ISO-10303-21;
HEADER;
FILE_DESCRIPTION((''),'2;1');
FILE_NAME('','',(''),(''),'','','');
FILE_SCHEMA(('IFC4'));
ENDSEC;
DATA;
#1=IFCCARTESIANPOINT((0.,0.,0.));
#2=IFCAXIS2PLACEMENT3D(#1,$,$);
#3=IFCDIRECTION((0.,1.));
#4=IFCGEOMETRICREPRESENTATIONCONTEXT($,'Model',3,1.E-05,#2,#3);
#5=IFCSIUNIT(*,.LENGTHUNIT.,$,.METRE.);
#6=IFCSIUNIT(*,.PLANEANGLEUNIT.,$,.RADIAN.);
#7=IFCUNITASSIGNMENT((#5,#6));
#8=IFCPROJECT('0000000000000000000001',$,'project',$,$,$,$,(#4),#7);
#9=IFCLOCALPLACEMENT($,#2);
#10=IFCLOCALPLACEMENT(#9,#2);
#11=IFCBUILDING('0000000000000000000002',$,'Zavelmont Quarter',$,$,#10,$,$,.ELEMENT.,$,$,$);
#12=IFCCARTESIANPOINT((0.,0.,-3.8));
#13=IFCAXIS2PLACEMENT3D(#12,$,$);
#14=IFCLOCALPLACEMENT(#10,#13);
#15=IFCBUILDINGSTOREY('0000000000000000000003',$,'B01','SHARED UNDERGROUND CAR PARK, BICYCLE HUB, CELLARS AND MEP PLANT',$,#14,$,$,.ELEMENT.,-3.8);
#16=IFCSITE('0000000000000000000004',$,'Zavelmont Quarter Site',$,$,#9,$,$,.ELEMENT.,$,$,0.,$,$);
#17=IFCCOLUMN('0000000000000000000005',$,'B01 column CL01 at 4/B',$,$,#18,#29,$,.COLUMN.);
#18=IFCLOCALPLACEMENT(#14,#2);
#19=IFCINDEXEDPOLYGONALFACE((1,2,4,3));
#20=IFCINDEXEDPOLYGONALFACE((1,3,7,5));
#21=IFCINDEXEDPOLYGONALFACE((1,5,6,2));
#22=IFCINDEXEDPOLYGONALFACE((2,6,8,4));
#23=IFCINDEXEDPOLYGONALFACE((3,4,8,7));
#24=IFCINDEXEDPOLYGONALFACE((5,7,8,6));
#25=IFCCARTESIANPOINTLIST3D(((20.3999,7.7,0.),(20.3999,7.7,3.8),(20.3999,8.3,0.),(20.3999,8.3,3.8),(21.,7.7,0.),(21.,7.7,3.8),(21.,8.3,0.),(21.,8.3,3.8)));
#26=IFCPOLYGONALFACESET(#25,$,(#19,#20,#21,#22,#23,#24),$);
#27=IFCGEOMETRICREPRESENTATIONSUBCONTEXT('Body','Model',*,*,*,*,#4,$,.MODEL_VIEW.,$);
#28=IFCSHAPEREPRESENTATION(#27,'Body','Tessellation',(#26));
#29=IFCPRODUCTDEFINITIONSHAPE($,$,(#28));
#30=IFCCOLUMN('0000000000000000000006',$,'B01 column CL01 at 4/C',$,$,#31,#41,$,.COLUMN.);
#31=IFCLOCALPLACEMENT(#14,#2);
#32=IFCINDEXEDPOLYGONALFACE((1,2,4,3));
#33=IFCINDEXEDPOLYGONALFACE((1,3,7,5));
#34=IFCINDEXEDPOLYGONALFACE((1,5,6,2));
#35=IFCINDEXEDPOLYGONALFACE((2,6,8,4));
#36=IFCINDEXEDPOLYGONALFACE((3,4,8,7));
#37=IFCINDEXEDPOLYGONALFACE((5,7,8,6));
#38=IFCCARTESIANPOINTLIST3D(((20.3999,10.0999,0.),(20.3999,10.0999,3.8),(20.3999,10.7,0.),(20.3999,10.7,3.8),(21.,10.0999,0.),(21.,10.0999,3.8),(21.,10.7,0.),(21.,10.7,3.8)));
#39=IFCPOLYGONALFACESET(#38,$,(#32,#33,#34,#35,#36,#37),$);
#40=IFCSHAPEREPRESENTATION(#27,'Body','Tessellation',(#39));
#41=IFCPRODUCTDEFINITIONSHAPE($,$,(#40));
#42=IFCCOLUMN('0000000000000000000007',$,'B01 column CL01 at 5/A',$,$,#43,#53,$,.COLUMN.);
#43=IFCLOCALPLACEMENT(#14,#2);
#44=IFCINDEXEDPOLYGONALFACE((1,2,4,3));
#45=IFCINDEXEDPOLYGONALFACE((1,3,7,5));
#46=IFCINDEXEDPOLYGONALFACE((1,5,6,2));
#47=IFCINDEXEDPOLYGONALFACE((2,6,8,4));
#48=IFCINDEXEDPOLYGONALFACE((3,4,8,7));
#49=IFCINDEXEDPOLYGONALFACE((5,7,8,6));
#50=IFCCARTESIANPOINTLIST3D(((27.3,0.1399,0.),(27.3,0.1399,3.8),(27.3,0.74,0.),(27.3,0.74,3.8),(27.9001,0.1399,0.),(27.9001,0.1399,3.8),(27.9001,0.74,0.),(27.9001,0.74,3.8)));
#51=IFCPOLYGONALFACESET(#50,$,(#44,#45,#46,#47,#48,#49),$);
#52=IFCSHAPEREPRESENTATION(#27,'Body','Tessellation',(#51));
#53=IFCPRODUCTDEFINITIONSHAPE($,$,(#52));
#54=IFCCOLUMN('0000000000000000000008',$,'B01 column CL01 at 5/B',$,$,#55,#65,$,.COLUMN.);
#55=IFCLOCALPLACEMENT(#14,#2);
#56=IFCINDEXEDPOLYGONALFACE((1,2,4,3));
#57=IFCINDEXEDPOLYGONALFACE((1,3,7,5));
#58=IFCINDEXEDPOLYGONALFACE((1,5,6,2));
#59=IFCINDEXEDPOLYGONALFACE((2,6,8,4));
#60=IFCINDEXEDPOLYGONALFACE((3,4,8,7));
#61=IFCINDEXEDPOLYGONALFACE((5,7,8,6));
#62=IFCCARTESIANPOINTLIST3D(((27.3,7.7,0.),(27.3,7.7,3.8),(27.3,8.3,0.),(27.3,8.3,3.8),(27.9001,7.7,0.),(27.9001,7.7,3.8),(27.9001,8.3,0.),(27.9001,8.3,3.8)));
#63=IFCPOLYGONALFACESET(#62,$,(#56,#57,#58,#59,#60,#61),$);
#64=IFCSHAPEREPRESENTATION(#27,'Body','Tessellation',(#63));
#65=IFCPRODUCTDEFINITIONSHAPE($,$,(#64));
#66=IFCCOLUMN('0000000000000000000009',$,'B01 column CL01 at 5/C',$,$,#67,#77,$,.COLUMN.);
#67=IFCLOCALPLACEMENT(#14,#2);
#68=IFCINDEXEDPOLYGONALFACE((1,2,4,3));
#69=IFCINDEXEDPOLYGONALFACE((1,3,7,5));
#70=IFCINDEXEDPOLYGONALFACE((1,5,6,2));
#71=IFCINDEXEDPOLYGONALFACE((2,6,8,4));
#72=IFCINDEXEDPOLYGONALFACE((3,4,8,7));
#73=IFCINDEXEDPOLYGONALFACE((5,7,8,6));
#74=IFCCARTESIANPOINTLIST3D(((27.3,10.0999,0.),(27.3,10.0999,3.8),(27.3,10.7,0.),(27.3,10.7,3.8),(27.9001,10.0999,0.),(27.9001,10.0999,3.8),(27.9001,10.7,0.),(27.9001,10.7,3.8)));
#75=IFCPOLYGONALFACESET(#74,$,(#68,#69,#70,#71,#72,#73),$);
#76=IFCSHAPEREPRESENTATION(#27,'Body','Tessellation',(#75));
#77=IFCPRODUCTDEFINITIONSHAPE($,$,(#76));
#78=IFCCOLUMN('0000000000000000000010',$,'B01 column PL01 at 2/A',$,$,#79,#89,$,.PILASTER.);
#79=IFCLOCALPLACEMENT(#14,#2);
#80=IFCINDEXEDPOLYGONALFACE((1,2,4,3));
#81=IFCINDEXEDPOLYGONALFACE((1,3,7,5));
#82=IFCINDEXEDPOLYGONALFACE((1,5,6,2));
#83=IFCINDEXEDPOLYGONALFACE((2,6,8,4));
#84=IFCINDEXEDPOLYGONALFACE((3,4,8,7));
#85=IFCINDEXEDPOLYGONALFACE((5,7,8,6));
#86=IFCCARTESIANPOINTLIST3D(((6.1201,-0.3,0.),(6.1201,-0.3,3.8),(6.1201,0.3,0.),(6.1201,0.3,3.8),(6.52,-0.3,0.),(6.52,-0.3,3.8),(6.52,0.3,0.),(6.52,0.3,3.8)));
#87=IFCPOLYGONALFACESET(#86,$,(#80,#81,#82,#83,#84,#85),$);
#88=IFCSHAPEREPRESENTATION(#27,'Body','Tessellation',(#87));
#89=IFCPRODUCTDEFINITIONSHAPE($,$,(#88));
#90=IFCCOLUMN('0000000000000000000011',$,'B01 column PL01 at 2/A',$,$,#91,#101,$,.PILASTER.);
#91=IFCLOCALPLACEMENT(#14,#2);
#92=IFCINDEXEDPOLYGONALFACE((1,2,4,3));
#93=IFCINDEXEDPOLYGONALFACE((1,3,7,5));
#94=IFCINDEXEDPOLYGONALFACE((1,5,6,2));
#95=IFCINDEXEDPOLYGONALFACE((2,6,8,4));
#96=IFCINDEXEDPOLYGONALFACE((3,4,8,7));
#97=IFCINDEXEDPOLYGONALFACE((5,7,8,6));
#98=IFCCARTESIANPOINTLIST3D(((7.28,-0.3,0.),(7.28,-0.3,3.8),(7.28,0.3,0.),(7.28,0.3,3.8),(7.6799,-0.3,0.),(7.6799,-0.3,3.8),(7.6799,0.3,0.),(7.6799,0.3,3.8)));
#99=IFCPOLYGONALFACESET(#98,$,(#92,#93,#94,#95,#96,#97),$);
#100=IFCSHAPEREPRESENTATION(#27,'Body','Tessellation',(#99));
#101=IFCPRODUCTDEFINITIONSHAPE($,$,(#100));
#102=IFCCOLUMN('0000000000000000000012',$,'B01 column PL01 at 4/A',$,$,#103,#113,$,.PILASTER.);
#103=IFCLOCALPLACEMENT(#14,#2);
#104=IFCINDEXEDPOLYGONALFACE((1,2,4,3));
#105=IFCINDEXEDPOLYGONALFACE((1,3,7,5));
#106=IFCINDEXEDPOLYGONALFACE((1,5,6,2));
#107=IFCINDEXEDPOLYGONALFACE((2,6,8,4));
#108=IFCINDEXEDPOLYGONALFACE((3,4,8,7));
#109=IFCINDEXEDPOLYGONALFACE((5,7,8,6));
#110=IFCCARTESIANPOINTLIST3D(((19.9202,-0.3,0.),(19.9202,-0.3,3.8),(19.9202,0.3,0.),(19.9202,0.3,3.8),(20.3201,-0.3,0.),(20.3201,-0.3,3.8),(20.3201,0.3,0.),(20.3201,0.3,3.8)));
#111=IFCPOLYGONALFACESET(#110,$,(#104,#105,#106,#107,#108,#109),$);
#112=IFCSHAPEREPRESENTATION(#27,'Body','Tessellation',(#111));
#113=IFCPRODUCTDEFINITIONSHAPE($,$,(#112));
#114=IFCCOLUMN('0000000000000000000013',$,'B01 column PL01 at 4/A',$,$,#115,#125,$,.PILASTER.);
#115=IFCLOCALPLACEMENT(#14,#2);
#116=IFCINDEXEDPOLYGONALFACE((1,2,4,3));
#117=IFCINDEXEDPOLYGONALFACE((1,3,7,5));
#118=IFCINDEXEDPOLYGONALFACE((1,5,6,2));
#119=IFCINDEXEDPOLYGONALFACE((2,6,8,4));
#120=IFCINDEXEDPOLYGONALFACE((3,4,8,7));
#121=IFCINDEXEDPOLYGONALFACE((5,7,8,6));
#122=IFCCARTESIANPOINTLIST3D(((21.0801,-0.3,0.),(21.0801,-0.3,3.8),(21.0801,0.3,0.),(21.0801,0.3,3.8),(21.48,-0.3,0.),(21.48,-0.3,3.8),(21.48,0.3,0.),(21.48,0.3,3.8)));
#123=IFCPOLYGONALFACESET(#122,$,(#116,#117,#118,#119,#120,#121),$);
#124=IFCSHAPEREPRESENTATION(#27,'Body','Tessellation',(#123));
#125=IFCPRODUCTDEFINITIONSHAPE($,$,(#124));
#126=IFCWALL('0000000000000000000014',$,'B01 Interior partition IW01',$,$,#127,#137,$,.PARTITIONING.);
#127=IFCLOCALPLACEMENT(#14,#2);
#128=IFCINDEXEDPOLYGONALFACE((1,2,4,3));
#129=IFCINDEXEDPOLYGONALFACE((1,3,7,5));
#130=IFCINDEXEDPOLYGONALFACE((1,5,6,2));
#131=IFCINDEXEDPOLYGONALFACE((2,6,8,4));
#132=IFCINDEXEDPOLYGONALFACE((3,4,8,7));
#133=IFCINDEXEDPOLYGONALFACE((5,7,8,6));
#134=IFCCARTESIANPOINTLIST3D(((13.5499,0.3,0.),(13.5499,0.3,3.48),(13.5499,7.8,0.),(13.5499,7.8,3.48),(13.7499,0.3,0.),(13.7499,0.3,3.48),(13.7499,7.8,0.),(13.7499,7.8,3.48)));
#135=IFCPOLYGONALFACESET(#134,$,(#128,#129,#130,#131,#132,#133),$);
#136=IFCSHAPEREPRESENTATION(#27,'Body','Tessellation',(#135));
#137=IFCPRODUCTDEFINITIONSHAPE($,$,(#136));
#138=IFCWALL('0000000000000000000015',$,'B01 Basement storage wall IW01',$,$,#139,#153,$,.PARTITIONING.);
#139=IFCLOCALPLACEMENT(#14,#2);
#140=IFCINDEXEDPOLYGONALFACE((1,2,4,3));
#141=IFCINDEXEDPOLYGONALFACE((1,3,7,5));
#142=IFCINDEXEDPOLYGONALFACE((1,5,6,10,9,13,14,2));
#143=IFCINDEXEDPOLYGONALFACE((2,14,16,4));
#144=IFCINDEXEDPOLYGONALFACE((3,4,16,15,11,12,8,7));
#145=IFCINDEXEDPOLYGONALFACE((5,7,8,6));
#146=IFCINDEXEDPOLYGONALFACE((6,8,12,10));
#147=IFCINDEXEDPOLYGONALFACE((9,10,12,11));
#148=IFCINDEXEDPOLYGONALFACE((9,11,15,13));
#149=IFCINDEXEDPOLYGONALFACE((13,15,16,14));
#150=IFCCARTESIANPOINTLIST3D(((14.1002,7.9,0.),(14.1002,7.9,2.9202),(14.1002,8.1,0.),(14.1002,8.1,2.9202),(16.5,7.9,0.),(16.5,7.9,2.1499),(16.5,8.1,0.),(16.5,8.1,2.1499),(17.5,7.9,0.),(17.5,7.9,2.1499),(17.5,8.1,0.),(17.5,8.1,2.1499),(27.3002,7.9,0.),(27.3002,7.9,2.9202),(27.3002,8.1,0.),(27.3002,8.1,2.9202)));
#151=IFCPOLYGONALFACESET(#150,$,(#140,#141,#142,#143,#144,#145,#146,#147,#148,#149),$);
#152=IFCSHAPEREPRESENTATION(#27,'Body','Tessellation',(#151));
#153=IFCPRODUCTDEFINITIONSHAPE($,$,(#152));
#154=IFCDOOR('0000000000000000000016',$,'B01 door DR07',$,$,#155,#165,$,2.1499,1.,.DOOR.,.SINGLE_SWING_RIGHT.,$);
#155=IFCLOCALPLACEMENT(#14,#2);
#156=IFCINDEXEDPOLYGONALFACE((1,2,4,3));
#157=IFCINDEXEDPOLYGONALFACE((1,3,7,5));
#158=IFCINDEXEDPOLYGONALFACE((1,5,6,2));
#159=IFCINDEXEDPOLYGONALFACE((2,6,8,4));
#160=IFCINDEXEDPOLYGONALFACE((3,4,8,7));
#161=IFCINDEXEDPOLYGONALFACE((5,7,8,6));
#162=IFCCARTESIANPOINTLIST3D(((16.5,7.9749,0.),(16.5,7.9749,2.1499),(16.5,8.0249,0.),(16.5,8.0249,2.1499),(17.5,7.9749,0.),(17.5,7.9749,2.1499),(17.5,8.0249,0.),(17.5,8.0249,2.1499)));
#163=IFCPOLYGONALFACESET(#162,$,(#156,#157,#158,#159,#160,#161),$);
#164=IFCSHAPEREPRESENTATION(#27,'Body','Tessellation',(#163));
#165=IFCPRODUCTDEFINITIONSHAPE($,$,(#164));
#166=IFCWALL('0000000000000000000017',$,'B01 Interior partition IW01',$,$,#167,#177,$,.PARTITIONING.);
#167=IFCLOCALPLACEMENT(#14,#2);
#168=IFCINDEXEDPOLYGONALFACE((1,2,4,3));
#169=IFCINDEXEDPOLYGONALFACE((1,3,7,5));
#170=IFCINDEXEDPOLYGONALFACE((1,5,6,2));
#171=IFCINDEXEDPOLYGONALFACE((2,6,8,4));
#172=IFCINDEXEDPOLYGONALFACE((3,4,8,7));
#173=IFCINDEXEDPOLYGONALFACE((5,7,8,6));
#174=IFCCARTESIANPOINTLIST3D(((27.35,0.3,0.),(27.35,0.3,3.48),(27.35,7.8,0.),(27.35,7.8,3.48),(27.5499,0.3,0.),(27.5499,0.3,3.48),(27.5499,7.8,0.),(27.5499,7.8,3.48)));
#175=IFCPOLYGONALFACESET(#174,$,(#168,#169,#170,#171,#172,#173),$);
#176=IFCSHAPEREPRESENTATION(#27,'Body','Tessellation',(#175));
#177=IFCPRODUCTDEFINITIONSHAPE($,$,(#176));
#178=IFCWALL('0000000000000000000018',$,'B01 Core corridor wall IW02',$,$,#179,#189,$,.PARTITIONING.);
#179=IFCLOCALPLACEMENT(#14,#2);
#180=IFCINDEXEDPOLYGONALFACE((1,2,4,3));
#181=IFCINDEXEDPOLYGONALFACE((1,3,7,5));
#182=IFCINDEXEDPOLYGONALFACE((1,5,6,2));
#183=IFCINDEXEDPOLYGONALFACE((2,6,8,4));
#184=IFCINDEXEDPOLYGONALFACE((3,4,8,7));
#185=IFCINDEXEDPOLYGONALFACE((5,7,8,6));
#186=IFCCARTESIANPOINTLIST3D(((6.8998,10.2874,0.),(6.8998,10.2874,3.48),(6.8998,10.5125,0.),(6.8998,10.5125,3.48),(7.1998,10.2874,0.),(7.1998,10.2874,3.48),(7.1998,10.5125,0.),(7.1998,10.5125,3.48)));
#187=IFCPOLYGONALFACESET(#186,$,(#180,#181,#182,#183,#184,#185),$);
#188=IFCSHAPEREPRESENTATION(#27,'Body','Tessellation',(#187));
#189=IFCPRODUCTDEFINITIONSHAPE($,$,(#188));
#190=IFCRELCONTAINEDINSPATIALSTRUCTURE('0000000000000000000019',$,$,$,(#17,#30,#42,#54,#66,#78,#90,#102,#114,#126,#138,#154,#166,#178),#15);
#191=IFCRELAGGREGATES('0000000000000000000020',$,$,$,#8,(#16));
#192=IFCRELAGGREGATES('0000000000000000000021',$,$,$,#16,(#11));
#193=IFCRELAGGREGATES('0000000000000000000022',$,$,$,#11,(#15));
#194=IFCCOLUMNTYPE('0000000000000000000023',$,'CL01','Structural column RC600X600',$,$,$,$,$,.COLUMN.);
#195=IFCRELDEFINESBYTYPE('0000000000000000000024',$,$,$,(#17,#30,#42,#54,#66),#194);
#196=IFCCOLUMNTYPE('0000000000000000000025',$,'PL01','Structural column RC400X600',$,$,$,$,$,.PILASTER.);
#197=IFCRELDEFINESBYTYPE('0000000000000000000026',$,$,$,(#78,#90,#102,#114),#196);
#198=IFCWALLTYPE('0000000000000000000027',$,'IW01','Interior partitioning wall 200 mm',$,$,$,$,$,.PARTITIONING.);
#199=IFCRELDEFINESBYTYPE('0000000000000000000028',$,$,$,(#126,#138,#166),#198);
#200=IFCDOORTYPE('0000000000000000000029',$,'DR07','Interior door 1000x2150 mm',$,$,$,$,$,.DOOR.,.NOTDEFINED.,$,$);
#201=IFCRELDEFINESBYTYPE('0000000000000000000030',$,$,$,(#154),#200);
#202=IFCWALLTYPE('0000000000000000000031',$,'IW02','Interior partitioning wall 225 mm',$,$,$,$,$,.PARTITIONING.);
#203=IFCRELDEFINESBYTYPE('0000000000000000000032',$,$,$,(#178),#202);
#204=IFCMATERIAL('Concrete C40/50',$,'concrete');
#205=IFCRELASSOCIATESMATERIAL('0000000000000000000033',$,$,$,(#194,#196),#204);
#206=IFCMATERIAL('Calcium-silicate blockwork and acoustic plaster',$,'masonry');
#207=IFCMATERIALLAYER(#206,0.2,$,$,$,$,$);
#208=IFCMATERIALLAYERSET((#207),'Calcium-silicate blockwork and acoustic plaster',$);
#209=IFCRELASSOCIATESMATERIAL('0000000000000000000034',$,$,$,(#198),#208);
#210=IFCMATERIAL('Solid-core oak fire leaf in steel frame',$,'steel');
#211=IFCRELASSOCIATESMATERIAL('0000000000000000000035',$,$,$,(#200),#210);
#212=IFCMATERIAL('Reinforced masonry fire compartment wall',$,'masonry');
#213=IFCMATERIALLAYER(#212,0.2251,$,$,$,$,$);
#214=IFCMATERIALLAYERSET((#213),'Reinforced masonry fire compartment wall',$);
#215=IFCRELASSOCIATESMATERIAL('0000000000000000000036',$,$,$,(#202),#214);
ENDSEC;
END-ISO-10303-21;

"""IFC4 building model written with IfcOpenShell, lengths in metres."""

from ifc_helpers import new_model, si_unit, direction, frame, frame_2d, origin, origin_with_axes, origin_2d, place, context, subcontext, project, spatial, rectangle, extrude, material, layer, layer_set, material_profile, profile_set, type_object, element, fill, save


model = new_model("IFC4")

# Units and contexts
model_context = context("Model", 3, precision=1e-05, world=origin(), true_north=direction((0.0, 1.0)))
body_context = subcontext(model_context, "Body", "Model", "MODEL_VIEW")
ifc_project = project(units=[si_unit("LENGTHUNIT", "METRE"), si_unit("PLANEANGLEUNIT", "RADIAN")], contexts=[model_context])

# Site, building, storey
site_placement = place(None, origin())
site = spatial("IfcSite", under=ifc_project, at=site_placement, Name="Zavelmont Quarter Site", CompositionType="ELEMENT", RefElevation=0.0)
building_placement = place(site_placement, origin())
building = spatial("IfcBuilding", under=site, at=building_placement, Name="Zavelmont Quarter", CompositionType="ELEMENT")
storey_placement = place(building_placement, frame((0.0, 0.0, -3.8)))
storey = spatial("IfcBuildingStorey", under=building, at=storey_placement, Name="B01", Description="SHARED UNDERGROUND CAR PARK, BICYCLE HUB, CELLARS AND MEP PLANT", CompositionType="ELEMENT", Elevation=-3.8)

# Columns
ifc_material_1 = material(Name="Concrete C40/50", Category="concrete")
ifc_material_profile_1 = material_profile(ifc_material_1, rectangle(XDim=0.6001, YDim=0.6001, at=origin_2d()), Name="RC600X600")
ifc_profile_set_1 = profile_set([ifc_material_profile_1], Name="Concrete C40/50")
column_type_1 = type_object("IfcColumnType", Name="CL01", Description="Structural column RC600X600", PredefinedType="COLUMN", material=ifc_profile_set_1)
for number, where, z_axis, x_axis, name in (
    (1, (20.7, 8.0, 0.0), (0.0, 0.0, 1.0), (1.0, 0.0, 0.0), "B01 column CL01 at 4/B"),
    (2, (20.7, 10.3999, 0.0), (0.0, 0.0, 1.0), (1.0, 0.0, 0.0), "B01 column CL01 at 4/C"),
    (3, (27.6001, 0.4399, 0.0), (0.0, 0.0, 1.0), (1.0, 0.0, 0.0), "B01 column CL01 at 5/A"),
    (4, (27.6001, 8.0, 0.0), (0.0, 0.0, 1.0), (1.0, 0.0, 0.0), "B01 column CL01 at 5/B"),
    (5, (27.6001, 10.3999, 0.0), (0.0, 0.0, 1.0), (1.0, 0.0, 0.0), "B01 column CL01 at 5/C"),
):
    element("IfcColumn", number, at=place(storey_placement, frame(where, z_axis=z_axis, x_axis=x_axis)), inside=storey, type_object=column_type_1, Name=name, PredefinedType="COLUMN", context=body_context, shape_type="SweptSolid", body=[
        extrude(rectangle(XDim=0.6001, YDim=0.6001, at=origin_2d()), origin(), (0.0, 0.0, 1.0), 3.8),
    ])
ifc_material_profile_2 = material_profile(ifc_material_1, rectangle(XDim=0.3999, YDim=0.6001, at=origin_2d()), Name="RC400X600")
ifc_profile_set_2 = profile_set([ifc_material_profile_2], Name="Concrete C40/50")
column_type_2 = type_object("IfcColumnType", Name="PL01", Description="Structural column RC400X600", PredefinedType="PILASTER", material=ifc_profile_set_2)
for number, where, z_axis, x_axis, name in (
    (6, (6.3201, 0.0, 0.0), (0.0, 0.0, 1.0), (1.0, 0.0, 0.0), "B01 column PL01 at 2/A"),
    (7, (7.48, 0.0, 0.0), (0.0, 0.0, 1.0), (1.0, 0.0, 0.0), "B01 column PL01 at 2/A"),
    (8, (20.1201, 0.0, 0.0), (0.0, 0.0, 1.0), (1.0, 0.0, 0.0), "B01 column PL01 at 4/A"),
    (9, (21.28, 0.0, 0.0), (0.0, 0.0, 1.0), (1.0, 0.0, 0.0), "B01 column PL01 at 4/A"),
):
    element("IfcColumn", number, at=place(storey_placement, frame(where, z_axis=z_axis, x_axis=x_axis)), inside=storey, type_object=column_type_2, Name=name, PredefinedType="PILASTER", context=body_context, shape_type="SweptSolid", body=[
        extrude(rectangle(XDim=0.3999, YDim=0.6001, at=origin_2d()), origin(), (0.0, 0.0, 1.0), 3.8),
    ])

# Wall
ifc_material_2 = material(Name="Calcium-silicate blockwork and acoustic plaster", Category="masonry")
ifc_layer_1 = layer(ifc_material_2, 0.2)
ifc_layer_set_1 = layer_set([ifc_layer_1], Name="Calcium-silicate blockwork and acoustic plaster")
wall_type_1 = type_object("IfcWallType", Name="IW01", Description="Interior partitioning wall 200 mm", PredefinedType="PARTITIONING", material=ifc_layer_set_1)
wall_1_placement = place(storey_placement, frame((13.6499, 0.3, 0.0), z_axis=(0.0, 0.0, 1.0), x_axis=(0.0, 1.0, 0.0)))
element("IfcWall", 10, at=wall_1_placement, inside=storey, type_object=wall_type_1, Name="B01 Interior partition IW01", PredefinedType="PARTITIONING", context=body_context, shape_type="SweptSolid", body=[
    extrude(rectangle(XDim=7.5, YDim=0.2, at=frame_2d((3.75, 0.0))), origin(), (0.0, 0.0, 1.0), 3.48),
])

# Wall, opening, door
wall_2_placement = place(storey_placement, frame((14.1001, 8.0, 0.0), z_axis=(0.0, 0.0, 1.0), x_axis=(1.0, 0.0, 0.0)))
wall_2 = element("IfcWall", 11, at=wall_2_placement, inside=storey, type_object=wall_type_1, Name="B01 Basement storage wall IW01", PredefinedType="PARTITIONING", context=body_context, shape_type="SweptSolid", body=[
    extrude(rectangle(XDim=13.2, YDim=0.2, at=frame_2d((6.6001, 0.0))), origin(), (0.0, 0.0, 1.0), 2.9202),
])
opening_1_placement = place(wall_2_placement, frame((2.3999, 0.0, 0.0)))
opening_1 = element("IfcOpeningElement", 12, at=opening_1_placement, cuts=wall_2, PredefinedType="OPENING", context=body_context, shape_type="SweptSolid", body=[
    extrude(rectangle(XDim=1.0, YDim=2.1499, at=frame_2d((0.5, 1.075))), frame((0.0, 0.1118, 0.0), z_axis=(0.0, -1.0, 0.0), x_axis=(1.0, 0.0, 0.0)), (0.0, 0.0, 1.0), 0.2239),
])
ifc_material_3 = material(Name="Solid-core oak fire leaf in steel frame", Category="steel")
door_type_1 = type_object("IfcDoorType", Name="DR07", Description="Interior door 1000x2150 mm", OperationType="NOTDEFINED", PredefinedType="DOOR", material=ifc_material_3)
door_1_placement = place(opening_1_placement, origin_with_axes())
door_1 = element("IfcDoor", 13, at=door_1_placement, inside=storey, type_object=door_type_1, Name="B01 door DR07", OperationType="SINGLE_SWING_RIGHT", OverallHeight=2.1499, OverallWidth=1.0, PredefinedType="DOOR", context=body_context, shape_type="SweptSolid", body=[
    extrude(rectangle(XDim=1.0, YDim=2.1499, at=frame_2d((0.5, 1.075))), frame((0.0, 0.0249, 0.0), z_axis=(0.0, -1.0, 0.0), x_axis=(1.0, 0.0, 0.0)), (0.0, 0.0, 1.0), 0.05),
])
fill(opening_1, door_1)

# Walls
wall_3_placement = place(storey_placement, frame((27.45, 0.3, 0.0), z_axis=(0.0, 0.0, 1.0), x_axis=(0.0, 1.0, 0.0)))
element("IfcWall", 14, at=wall_3_placement, inside=storey, type_object=wall_type_1, Name="B01 Interior partition IW01", PredefinedType="PARTITIONING", context=body_context, shape_type="SweptSolid", body=[
    extrude(rectangle(XDim=7.5, YDim=0.2, at=frame_2d((3.75, 0.0))), origin(), (0.0, 0.0, 1.0), 3.48),
])
ifc_material_4 = material(Name="Reinforced masonry fire compartment wall", Category="masonry")
ifc_layer_2 = layer(ifc_material_4, 0.2251)
ifc_layer_set_2 = layer_set([ifc_layer_2], Name="Reinforced masonry fire compartment wall")
wall_type_2 = type_object("IfcWallType", Name="IW02", Description="Interior partitioning wall 225 mm", PredefinedType="PARTITIONING", material=ifc_layer_set_2)
wall_4_placement = place(storey_placement, frame((6.8999, 10.3999, 0.0), z_axis=(0.0, 0.0, 1.0), x_axis=(1.0, 0.0, 0.0)))
element("IfcWall", 15, at=wall_4_placement, inside=storey, type_object=wall_type_2, Name="B01 Core corridor wall IW02", PredefinedType="PARTITIONING", context=body_context, shape_type="SweptSolid", body=[
    extrude(rectangle(XDim=0.3, YDim=0.2251, at=frame_2d((0.1499, 0.0))), origin(), (0.0, 0.0, 1.0), 3.48),
])

save(model, "model.ifc")
